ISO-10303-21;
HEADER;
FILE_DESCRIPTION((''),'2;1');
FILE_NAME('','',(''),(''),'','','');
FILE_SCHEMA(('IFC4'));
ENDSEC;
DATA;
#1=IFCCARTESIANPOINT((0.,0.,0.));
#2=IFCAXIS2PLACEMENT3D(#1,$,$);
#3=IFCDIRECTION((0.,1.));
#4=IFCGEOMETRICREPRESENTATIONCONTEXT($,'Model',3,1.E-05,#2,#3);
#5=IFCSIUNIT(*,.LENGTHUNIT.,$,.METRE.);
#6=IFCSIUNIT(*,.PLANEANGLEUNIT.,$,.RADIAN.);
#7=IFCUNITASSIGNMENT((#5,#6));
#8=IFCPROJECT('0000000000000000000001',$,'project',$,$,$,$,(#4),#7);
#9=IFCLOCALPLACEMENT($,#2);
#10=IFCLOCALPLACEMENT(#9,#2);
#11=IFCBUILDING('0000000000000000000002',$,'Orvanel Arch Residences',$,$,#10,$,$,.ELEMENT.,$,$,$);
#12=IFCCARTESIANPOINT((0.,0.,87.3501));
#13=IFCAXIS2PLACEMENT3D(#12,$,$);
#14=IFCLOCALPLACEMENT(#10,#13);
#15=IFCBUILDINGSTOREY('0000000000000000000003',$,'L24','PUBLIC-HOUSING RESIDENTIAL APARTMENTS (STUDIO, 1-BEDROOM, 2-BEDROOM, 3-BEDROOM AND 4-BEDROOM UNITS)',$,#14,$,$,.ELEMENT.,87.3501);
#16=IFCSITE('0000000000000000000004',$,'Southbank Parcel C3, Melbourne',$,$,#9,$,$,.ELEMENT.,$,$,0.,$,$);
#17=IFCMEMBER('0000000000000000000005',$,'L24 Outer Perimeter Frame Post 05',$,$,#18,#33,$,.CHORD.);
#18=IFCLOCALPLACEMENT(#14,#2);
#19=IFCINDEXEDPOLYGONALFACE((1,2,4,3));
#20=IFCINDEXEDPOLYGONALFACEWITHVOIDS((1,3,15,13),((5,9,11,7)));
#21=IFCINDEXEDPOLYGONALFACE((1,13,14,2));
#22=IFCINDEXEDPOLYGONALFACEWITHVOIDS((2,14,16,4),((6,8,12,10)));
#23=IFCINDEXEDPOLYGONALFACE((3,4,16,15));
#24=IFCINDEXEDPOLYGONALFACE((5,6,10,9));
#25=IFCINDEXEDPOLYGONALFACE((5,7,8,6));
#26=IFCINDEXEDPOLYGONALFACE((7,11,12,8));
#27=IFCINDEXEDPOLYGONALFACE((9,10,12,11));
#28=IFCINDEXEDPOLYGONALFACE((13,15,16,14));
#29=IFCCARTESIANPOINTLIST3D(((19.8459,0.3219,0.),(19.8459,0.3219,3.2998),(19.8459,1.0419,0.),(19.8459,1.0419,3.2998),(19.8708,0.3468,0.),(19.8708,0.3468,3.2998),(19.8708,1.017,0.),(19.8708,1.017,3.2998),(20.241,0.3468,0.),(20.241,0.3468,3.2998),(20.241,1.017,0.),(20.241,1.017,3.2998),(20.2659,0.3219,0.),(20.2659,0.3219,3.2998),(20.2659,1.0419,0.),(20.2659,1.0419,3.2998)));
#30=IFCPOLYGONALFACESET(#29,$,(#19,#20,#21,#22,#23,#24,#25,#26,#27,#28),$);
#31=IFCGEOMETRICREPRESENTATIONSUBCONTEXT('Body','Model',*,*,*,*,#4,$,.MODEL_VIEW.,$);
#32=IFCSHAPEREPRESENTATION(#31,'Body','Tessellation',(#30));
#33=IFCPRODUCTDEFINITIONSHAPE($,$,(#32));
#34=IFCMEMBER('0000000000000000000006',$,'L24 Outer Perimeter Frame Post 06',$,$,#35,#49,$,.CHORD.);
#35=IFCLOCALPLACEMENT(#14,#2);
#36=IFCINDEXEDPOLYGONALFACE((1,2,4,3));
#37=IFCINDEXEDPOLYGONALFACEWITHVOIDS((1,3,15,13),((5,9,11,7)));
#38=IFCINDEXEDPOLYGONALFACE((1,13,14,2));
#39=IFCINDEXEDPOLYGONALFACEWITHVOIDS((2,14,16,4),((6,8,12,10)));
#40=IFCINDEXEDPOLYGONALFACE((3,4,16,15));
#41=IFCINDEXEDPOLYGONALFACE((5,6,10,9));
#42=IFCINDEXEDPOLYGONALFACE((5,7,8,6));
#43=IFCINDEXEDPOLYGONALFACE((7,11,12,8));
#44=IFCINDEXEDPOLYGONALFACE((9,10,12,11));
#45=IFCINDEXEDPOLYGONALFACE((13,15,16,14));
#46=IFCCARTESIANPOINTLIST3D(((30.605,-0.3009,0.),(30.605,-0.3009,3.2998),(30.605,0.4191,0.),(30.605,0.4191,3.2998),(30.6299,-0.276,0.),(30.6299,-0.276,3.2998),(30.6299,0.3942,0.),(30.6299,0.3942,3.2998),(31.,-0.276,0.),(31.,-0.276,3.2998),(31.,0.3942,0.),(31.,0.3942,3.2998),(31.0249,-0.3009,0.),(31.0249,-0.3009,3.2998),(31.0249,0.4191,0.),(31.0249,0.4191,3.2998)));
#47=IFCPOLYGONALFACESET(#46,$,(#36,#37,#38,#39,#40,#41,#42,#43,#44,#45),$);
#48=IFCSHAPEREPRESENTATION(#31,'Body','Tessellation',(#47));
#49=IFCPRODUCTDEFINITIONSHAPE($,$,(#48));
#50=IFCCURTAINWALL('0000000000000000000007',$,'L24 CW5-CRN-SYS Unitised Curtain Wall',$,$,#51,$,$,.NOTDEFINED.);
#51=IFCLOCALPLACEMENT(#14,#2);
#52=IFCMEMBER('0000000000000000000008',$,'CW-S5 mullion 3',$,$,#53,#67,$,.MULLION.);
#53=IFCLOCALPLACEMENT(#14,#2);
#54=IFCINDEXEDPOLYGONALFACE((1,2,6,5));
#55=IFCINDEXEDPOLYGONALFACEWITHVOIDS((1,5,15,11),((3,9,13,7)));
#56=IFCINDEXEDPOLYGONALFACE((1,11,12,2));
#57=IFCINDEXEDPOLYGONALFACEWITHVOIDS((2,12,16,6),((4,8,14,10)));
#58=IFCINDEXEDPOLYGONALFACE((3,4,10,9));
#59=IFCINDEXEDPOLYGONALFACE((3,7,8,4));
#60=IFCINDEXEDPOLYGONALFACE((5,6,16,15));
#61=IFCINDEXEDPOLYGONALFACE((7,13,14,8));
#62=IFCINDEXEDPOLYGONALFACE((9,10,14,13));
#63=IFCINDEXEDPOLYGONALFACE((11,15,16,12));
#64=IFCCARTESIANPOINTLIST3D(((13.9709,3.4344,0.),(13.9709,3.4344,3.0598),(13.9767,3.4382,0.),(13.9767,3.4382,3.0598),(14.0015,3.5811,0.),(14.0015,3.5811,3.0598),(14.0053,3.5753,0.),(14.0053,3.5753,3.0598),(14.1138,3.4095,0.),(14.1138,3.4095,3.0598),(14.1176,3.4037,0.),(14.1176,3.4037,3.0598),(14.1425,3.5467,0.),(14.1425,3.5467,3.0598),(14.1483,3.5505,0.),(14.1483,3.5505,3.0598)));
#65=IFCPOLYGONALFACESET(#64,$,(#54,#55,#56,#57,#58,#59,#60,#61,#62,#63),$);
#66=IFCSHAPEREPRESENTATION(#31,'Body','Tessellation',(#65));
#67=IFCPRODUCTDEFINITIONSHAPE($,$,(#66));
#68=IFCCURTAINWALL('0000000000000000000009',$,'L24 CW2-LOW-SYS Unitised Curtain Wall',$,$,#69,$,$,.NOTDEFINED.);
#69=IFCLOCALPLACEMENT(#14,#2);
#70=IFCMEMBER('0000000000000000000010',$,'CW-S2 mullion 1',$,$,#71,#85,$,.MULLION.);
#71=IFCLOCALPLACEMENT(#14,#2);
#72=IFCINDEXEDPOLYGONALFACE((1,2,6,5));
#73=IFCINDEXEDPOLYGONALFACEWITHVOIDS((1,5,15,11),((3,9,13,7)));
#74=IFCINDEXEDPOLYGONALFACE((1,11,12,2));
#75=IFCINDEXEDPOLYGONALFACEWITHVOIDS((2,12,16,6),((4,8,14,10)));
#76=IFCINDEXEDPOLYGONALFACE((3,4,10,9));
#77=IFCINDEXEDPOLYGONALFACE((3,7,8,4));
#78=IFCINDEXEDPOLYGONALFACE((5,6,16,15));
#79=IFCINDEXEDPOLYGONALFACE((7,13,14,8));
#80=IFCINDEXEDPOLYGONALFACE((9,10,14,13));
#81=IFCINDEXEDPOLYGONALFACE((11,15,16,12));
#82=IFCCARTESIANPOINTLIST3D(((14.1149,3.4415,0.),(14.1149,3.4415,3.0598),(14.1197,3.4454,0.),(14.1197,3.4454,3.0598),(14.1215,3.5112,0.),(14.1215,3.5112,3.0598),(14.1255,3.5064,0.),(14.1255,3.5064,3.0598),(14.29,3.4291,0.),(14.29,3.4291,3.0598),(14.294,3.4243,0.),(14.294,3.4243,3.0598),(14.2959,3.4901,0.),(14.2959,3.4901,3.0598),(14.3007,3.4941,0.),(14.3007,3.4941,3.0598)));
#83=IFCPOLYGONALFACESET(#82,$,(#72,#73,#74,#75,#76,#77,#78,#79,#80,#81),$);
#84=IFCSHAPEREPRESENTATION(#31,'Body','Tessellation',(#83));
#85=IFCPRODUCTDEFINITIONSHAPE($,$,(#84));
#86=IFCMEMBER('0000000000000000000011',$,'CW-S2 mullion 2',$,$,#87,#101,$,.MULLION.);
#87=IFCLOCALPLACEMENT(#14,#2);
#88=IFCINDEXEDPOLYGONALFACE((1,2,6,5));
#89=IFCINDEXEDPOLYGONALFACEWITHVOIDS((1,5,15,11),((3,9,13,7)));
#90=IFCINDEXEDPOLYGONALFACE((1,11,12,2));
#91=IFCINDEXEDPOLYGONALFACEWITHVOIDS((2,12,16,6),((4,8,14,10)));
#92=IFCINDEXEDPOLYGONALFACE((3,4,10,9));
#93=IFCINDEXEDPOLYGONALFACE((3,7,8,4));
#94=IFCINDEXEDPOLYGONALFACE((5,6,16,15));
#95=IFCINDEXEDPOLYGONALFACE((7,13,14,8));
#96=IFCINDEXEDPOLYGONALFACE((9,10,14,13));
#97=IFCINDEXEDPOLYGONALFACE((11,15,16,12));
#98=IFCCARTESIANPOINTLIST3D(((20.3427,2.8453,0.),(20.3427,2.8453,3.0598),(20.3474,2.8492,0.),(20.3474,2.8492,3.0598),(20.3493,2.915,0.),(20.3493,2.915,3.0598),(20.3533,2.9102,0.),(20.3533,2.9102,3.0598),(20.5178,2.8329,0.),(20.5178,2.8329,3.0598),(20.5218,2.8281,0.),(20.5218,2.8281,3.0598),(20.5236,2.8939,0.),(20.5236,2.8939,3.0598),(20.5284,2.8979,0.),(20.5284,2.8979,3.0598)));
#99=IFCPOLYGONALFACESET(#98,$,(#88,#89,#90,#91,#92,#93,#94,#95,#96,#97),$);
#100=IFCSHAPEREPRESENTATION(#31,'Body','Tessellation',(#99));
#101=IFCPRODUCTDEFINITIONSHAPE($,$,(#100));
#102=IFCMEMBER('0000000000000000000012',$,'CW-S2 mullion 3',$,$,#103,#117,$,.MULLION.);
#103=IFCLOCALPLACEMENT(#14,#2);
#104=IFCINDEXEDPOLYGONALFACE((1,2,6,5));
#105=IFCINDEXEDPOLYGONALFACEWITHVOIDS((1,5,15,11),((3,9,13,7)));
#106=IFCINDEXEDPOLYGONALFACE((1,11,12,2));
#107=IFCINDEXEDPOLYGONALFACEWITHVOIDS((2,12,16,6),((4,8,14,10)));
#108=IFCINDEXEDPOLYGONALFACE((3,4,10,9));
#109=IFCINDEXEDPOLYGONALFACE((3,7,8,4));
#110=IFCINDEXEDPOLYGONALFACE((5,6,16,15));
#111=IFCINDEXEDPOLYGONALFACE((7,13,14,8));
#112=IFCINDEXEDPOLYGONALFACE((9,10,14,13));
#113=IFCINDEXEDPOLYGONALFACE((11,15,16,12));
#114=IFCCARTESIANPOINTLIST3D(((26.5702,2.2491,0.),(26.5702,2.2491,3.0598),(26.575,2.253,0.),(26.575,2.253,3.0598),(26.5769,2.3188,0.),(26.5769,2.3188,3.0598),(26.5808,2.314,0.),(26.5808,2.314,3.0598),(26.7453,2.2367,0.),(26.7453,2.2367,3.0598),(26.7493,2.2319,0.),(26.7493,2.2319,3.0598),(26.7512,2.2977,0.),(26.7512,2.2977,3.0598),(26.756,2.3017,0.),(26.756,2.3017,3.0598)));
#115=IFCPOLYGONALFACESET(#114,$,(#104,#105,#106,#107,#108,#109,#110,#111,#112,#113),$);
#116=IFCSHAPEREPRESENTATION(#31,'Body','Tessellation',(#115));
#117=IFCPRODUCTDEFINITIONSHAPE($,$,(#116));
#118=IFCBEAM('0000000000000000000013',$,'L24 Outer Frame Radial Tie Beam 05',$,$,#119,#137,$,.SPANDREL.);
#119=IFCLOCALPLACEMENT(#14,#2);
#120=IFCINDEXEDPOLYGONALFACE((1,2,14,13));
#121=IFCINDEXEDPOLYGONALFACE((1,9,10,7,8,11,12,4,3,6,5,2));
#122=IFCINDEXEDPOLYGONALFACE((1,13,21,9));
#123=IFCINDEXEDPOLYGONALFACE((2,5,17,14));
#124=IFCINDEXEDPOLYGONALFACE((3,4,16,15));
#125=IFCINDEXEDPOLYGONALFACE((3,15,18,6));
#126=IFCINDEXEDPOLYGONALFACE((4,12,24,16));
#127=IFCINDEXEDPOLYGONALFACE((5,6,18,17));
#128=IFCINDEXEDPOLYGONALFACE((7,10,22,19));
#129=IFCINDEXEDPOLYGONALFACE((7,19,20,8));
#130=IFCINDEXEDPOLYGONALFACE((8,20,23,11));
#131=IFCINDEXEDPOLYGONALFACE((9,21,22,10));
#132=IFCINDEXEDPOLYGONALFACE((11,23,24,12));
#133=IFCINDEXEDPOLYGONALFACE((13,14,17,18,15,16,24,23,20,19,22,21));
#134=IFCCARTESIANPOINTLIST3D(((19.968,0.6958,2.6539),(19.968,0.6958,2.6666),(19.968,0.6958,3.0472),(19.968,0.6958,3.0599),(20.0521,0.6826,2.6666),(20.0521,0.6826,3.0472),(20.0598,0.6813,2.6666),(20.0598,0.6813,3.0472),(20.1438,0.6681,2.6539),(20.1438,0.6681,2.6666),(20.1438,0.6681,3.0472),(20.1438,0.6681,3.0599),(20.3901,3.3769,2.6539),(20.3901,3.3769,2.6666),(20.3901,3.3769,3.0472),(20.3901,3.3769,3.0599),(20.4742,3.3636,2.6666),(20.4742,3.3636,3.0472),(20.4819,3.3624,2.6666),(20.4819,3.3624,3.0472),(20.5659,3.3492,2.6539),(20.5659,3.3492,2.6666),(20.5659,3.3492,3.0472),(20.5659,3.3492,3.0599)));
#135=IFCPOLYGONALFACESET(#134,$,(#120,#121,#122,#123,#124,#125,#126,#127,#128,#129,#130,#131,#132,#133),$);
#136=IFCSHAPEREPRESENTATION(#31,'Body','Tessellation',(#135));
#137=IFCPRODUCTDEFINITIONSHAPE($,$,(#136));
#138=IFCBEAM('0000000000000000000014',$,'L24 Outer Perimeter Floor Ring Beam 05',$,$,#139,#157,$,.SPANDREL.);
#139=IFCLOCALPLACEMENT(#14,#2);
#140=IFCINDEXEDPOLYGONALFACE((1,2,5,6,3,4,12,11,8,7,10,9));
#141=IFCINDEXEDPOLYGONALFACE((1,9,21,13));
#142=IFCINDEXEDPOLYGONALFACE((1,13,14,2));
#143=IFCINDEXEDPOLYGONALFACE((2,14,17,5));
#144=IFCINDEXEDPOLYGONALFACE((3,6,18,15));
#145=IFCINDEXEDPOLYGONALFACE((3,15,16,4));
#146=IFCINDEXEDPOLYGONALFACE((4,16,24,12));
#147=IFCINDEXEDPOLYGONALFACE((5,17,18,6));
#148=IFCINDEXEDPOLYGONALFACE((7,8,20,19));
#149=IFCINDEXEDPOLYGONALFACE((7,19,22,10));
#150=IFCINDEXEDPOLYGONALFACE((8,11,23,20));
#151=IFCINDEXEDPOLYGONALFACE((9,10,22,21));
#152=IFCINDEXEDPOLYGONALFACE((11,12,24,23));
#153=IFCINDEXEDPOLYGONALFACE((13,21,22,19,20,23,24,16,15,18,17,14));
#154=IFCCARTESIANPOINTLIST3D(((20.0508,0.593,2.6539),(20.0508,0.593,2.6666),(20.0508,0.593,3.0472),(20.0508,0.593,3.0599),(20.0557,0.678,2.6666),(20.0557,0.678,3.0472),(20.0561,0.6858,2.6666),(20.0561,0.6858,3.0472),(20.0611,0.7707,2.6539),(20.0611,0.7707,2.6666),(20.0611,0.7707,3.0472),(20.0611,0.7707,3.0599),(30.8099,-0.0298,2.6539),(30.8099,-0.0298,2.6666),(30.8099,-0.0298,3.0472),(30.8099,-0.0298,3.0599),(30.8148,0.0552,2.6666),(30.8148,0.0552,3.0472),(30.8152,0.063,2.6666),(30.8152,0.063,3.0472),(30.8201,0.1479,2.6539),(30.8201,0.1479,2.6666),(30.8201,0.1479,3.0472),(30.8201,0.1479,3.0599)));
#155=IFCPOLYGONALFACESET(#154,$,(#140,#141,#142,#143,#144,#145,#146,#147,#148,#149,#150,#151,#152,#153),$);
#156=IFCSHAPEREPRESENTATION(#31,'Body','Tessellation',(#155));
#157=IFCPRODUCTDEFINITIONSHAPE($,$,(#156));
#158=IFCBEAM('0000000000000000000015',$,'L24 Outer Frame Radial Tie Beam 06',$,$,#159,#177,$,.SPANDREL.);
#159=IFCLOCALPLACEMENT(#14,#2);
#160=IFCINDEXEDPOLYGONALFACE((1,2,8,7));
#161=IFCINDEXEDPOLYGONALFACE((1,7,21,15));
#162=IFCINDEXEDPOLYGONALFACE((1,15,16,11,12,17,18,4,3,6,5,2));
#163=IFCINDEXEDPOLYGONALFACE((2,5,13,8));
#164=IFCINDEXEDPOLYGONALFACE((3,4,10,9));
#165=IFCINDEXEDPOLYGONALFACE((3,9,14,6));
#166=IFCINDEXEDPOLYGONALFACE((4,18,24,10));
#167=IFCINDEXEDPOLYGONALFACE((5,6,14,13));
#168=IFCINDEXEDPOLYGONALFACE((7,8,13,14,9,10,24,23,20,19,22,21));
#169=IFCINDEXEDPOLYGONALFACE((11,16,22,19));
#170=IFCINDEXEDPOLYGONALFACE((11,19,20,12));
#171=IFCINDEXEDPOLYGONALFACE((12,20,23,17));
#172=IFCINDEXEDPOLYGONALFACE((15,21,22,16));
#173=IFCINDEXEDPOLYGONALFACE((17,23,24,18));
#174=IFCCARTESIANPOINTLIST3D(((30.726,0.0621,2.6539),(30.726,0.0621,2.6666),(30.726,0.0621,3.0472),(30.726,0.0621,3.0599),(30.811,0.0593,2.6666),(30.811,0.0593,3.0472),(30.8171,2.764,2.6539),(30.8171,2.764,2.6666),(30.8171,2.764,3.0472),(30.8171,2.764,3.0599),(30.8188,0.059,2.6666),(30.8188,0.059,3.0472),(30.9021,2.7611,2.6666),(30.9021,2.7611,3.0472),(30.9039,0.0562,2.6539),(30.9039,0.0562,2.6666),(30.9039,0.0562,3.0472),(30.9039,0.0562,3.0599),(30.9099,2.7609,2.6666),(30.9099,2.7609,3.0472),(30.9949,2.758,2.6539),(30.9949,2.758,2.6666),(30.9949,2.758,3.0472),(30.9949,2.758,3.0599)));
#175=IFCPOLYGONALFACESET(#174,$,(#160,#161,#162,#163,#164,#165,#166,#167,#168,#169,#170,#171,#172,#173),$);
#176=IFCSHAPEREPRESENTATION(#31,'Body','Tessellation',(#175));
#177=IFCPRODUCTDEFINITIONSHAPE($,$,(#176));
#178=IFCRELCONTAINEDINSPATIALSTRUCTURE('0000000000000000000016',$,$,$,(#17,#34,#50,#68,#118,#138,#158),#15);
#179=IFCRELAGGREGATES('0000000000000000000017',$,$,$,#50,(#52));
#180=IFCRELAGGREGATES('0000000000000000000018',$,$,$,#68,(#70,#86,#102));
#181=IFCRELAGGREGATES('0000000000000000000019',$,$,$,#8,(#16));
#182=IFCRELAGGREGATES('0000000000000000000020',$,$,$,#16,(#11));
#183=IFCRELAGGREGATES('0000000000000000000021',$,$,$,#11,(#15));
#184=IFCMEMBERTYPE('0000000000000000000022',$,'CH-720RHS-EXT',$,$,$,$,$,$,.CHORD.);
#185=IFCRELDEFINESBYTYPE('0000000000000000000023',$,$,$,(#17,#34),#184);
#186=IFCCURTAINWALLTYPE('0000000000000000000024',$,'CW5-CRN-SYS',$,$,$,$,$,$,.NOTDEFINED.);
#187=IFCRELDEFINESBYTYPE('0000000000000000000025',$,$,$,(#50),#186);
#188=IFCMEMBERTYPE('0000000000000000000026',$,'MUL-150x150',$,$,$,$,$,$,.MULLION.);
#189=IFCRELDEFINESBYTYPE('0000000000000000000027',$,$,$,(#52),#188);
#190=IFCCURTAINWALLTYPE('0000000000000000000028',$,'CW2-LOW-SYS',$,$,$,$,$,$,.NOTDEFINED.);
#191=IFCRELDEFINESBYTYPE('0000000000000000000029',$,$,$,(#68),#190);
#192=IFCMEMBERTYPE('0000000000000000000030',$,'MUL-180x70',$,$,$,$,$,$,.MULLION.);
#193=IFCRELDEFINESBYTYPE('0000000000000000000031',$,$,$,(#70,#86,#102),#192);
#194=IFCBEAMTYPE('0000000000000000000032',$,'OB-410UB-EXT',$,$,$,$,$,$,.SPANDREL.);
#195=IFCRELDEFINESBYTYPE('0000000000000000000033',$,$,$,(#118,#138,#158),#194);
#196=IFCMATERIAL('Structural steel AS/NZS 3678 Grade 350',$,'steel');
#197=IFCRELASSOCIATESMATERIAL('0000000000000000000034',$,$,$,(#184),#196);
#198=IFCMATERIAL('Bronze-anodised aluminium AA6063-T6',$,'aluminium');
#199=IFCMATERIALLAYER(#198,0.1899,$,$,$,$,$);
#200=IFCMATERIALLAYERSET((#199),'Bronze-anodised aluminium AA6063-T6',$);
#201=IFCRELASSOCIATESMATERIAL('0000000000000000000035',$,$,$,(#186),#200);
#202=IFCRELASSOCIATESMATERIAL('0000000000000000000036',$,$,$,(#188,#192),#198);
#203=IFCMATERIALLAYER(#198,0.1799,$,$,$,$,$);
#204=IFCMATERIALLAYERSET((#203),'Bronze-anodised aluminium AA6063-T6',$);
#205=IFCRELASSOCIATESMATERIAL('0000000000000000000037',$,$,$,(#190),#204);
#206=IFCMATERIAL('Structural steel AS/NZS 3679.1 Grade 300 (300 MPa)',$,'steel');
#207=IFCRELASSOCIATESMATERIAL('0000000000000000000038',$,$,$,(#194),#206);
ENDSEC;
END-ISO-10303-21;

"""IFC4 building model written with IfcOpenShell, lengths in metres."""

from ifc_helpers import new_model, si_unit, direction, frame, origin, origin_2d, place, context, subcontext, project, spatial, hollow_rectangle, i_section, extrude, material, layer, layer_set, material_profile, profile_set, type_object, element, aggregate, save


model = new_model("IFC4")

# Units and contexts
model_context = context("Model", 3, precision=1e-05, world=origin(), true_north=direction((0.0, 1.0)))
body_context = subcontext(model_context, "Body", "Model", "MODEL_VIEW")
ifc_project = project(units=[si_unit("LENGTHUNIT", "METRE"), si_unit("PLANEANGLEUNIT", "RADIAN")], contexts=[model_context])

# Site, building, storey
site_placement = place(None, origin())
site = spatial("IfcSite", under=ifc_project, at=site_placement, Name="Southbank Parcel C3, Melbourne", CompositionType="ELEMENT", RefElevation=0.0)
building_placement = place(site_placement, origin())
building = spatial("IfcBuilding", under=site, at=building_placement, Name="Orvanel Arch Residences", CompositionType="ELEMENT")
storey_placement = place(building_placement, frame((0.0, 0.0, 87.3501)))
storey = spatial("IfcBuildingStorey", under=building, at=storey_placement, Name="L24", Description="PUBLIC-HOUSING RESIDENTIAL APARTMENTS (STUDIO, 1-BEDROOM, 2-BEDROOM, 3-BEDROOM AND 4-BEDROOM UNITS)", CompositionType="ELEMENT", Elevation=87.3501)

# Members
ifc_material_1 = material(Name="Structural steel AS/NZS 3678 Grade 350", Category="steel")
ifc_material_profile_1 = material_profile(ifc_material_1, hollow_rectangle(XDim=0.4199, YDim=0.72, WallThickness=0.0249, at=origin_2d()), Name="RHS720x420x25")
ifc_profile_set_1 = profile_set([ifc_material_profile_1], Name="Structural steel AS/NZS 3678 Grade 350")
member_type_1 = type_object("IfcMemberType", Name="CH-720RHS-EXT", PredefinedType="CHORD", material=ifc_profile_set_1)
for number, where, z_axis, x_axis, name in (
    (1, (20.0559, 0.6819, 0.0), (0.0, 0.0, 1.0), (1.0, 0.0, 0.0), "L24 Outer Perimeter Frame Post 05"),
    (2, (30.8149, 0.0591, 0.0), (0.0, 0.0, 1.0), (1.0, 0.0, 0.0), "L24 Outer Perimeter Frame Post 06"),
):
    element("IfcMember", number, at=place(storey_placement, frame(where, z_axis=z_axis, x_axis=x_axis)), inside=storey, type_object=member_type_1, Name=name, PredefinedType="CHORD", context=body_context, shape_type="SweptSolid", body=[
        extrude(hollow_rectangle(XDim=0.4199, YDim=0.72, WallThickness=0.0249, at=origin_2d()), origin(), (0.0, 0.0, 1.0), 3.2998),
    ])

# Curtain wall, member
ifc_material_2 = material(Name="Bronze-anodised aluminium AA6063-T6", Category="aluminium")
ifc_layer_1 = layer(ifc_material_2, 0.1899)
ifc_layer_set_1 = layer_set([ifc_layer_1], Name="Bronze-anodised aluminium AA6063-T6")
curtain_wall_type_1 = type_object("IfcCurtainWallType", Name="CW5-CRN-SYS", PredefinedType="NOTDEFINED", material=ifc_layer_set_1)
curtain_wall_1_placement = place(storey_placement, origin())
curtain_wall_1 = element("IfcCurtainWall", 3, at=curtain_wall_1_placement, inside=storey, type_object=curtain_wall_type_1, Name="L24 CW5-CRN-SYS Unitised Curtain Wall", PredefinedType="NOTDEFINED")
ifc_material_profile_2 = material_profile(ifc_material_2, hollow_rectangle(XDim=0.1499, YDim=0.1499, WallThickness=0.0049, at=origin_2d()), Name="ALU150x150x5")
ifc_profile_set_2 = profile_set([ifc_material_profile_2], Name="Bronze-anodised aluminium AA6063-T6")
member_type_2 = type_object("IfcMemberType", Name="MUL-150x150", PredefinedType="MULLION", material=ifc_profile_set_2)
member_1_placement = place(storey_placement, frame((14.0596, 3.4924, 0.0), z_axis=(0.0, 0.0, 1.0), x_axis=(0.204282, 0.978912, 0.0)))
member_1 = element("IfcMember", 4, at=member_1_placement, type_object=member_type_2, Name="CW-S5 mullion 3", PredefinedType="MULLION", context=body_context, shape_type="SweptSolid", body=[
    extrude(hollow_rectangle(XDim=0.1499, YDim=0.1499, WallThickness=0.0049, at=origin_2d()), origin(), (0.0, 0.0, 1.0), 3.0598),
])
aggregate(curtain_wall_1, [member_1])

# Curtain wall, members
ifc_layer_2 = layer(ifc_material_2, 0.1799)
ifc_layer_set_2 = layer_set([ifc_layer_2], Name="Bronze-anodised aluminium AA6063-T6")
curtain_wall_type_2 = type_object("IfcCurtainWallType", Name="CW2-LOW-SYS", PredefinedType="NOTDEFINED", material=ifc_layer_set_2)
curtain_wall_2_placement = place(storey_placement, origin())
curtain_wall_2 = element("IfcCurtainWall", 5, at=curtain_wall_2_placement, inside=storey, type_object=curtain_wall_type_2, Name="L24 CW2-LOW-SYS Unitised Curtain Wall", PredefinedType="NOTDEFINED")
ifc_material_profile_3 = material_profile(ifc_material_2, hollow_rectangle(XDim=0.0701, YDim=0.1799, WallThickness=0.0044, at=origin_2d()), Name="ALU180x70x4.5")
ifc_profile_set_3 = profile_set([ifc_material_profile_3], Name="Bronze-anodised aluminium AA6063-T6")
member_type_3 = type_object("IfcMemberType", Name="MUL-180x70", PredefinedType="MULLION", material=ifc_profile_set_3)
member_2_placement = place(storey_placement, frame((14.2078, 3.4678, 0.0), z_axis=(0.0, 0.0, 1.0), x_axis=(0.095293, 0.995449, 0.0)))
member_2 = element("IfcMember", 6, at=member_2_placement, type_object=member_type_3, Name="CW-S2 mullion 1", PredefinedType="MULLION", context=body_context, shape_type="SweptSolid", body=[
    extrude(hollow_rectangle(XDim=0.0701, YDim=0.1799, WallThickness=0.0044, at=origin_2d()), origin(), (0.0, 0.0, 1.0), 3.0598),
])
member_3_placement = place(storey_placement, frame((20.4355, 2.8716, 0.0), z_axis=(0.0, 0.0, 1.0), x_axis=(0.095293, 0.995449, 0.0)))
member_3 = element("IfcMember", 7, at=member_3_placement, type_object=member_type_3, Name="CW-S2 mullion 2", PredefinedType="MULLION", context=body_context, shape_type="SweptSolid", body=[
    extrude(hollow_rectangle(XDim=0.0701, YDim=0.1799, WallThickness=0.0044, at=origin_2d()), origin(), (0.0, 0.0, 1.0), 3.0598),
])
member_4_placement = place(storey_placement, frame((26.6631, 2.2754, 0.0), z_axis=(0.0, 0.0, 1.0), x_axis=(0.095293, 0.995449, 0.0)))
member_4 = element("IfcMember", 8, at=member_4_placement, type_object=member_type_3, Name="CW-S2 mullion 3", PredefinedType="MULLION", context=body_context, shape_type="SweptSolid", body=[
    extrude(hollow_rectangle(XDim=0.0701, YDim=0.1799, WallThickness=0.0044, at=origin_2d()), origin(), (0.0, 0.0, 1.0), 3.0598),
])

# Beams
ifc_material_3 = material(Name="Structural steel AS/NZS 3679.1 Grade 300 (300 MPa)", Category="steel")
ifc_material_profile_4 = material_profile(ifc_material_3, i_section(OverallWidth=0.178, OverallDepth=0.406, WebThickness=0.0078, FlangeThickness=0.0127, at=origin_2d()), Name="410UB59.7")
ifc_profile_set_4 = profile_set([ifc_material_profile_4], Name="Structural steel AS/NZS 3679.1 Grade 300 (300 MPa)")
beam_type = type_object("IfcBeamType", Name="OB-410UB-EXT", PredefinedType="SPANDREL", material=ifc_profile_set_4)
beam_1_placement = place(storey_placement, frame((20.478, 3.363, 2.8569), z_axis=(-0.155524, -0.987832, 0.0), x_axis=(0.987832, -0.155524, 0.0)))
element("IfcBeam", 9, at=beam_1_placement, inside=storey, type_object=beam_type, Name="L24 Outer Frame Radial Tie Beam 05", PredefinedType="SPANDREL", context=body_context, shape_type="SweptSolid", body=[
    extrude(i_section(OverallWidth=0.178, OverallDepth=0.406, WebThickness=0.0078, FlangeThickness=0.0127, at=origin_2d()), origin(), (0.0, 0.0, 1.0), 2.7141),
])
beam_2_placement = place(storey_placement, frame((20.0559, 0.6819, 2.8569), z_axis=(0.998329, -0.05779, 0.0), x_axis=(0.05779, 0.998329, 0.0)))
element("IfcBeam", 10, at=beam_2_placement, inside=storey, type_object=beam_type, Name="L24 Outer Perimeter Floor Ring Beam 05", PredefinedType="SPANDREL", context=body_context, shape_type="SweptSolid", body=[
    extrude(i_section(OverallWidth=0.178, OverallDepth=0.406, WebThickness=0.0078, FlangeThickness=0.0127, at=origin_2d()), origin(), (0.0, 0.0, 1.0), 10.7771),
])
beam_3_placement = place(storey_placement, frame((30.906, 2.761, 2.8569), z_axis=(-0.033685, -0.999433, 0.0), x_axis=(0.999433, -0.033685, 0.0)))
element("IfcBeam", 11, at=beam_3_placement, inside=storey, type_object=beam_type, Name="L24 Outer Frame Radial Tie Beam 06", PredefinedType="SPANDREL", context=body_context, shape_type="SweptSolid", body=[
    extrude(i_section(OverallWidth=0.178, OverallDepth=0.406, WebThickness=0.0078, FlangeThickness=0.0127, at=origin_2d()), origin(), (0.0, 0.0, 1.0), 2.7034),
])

aggregate(curtain_wall_2, [member_2, member_3, member_4])

save(model, "model.ifc")
